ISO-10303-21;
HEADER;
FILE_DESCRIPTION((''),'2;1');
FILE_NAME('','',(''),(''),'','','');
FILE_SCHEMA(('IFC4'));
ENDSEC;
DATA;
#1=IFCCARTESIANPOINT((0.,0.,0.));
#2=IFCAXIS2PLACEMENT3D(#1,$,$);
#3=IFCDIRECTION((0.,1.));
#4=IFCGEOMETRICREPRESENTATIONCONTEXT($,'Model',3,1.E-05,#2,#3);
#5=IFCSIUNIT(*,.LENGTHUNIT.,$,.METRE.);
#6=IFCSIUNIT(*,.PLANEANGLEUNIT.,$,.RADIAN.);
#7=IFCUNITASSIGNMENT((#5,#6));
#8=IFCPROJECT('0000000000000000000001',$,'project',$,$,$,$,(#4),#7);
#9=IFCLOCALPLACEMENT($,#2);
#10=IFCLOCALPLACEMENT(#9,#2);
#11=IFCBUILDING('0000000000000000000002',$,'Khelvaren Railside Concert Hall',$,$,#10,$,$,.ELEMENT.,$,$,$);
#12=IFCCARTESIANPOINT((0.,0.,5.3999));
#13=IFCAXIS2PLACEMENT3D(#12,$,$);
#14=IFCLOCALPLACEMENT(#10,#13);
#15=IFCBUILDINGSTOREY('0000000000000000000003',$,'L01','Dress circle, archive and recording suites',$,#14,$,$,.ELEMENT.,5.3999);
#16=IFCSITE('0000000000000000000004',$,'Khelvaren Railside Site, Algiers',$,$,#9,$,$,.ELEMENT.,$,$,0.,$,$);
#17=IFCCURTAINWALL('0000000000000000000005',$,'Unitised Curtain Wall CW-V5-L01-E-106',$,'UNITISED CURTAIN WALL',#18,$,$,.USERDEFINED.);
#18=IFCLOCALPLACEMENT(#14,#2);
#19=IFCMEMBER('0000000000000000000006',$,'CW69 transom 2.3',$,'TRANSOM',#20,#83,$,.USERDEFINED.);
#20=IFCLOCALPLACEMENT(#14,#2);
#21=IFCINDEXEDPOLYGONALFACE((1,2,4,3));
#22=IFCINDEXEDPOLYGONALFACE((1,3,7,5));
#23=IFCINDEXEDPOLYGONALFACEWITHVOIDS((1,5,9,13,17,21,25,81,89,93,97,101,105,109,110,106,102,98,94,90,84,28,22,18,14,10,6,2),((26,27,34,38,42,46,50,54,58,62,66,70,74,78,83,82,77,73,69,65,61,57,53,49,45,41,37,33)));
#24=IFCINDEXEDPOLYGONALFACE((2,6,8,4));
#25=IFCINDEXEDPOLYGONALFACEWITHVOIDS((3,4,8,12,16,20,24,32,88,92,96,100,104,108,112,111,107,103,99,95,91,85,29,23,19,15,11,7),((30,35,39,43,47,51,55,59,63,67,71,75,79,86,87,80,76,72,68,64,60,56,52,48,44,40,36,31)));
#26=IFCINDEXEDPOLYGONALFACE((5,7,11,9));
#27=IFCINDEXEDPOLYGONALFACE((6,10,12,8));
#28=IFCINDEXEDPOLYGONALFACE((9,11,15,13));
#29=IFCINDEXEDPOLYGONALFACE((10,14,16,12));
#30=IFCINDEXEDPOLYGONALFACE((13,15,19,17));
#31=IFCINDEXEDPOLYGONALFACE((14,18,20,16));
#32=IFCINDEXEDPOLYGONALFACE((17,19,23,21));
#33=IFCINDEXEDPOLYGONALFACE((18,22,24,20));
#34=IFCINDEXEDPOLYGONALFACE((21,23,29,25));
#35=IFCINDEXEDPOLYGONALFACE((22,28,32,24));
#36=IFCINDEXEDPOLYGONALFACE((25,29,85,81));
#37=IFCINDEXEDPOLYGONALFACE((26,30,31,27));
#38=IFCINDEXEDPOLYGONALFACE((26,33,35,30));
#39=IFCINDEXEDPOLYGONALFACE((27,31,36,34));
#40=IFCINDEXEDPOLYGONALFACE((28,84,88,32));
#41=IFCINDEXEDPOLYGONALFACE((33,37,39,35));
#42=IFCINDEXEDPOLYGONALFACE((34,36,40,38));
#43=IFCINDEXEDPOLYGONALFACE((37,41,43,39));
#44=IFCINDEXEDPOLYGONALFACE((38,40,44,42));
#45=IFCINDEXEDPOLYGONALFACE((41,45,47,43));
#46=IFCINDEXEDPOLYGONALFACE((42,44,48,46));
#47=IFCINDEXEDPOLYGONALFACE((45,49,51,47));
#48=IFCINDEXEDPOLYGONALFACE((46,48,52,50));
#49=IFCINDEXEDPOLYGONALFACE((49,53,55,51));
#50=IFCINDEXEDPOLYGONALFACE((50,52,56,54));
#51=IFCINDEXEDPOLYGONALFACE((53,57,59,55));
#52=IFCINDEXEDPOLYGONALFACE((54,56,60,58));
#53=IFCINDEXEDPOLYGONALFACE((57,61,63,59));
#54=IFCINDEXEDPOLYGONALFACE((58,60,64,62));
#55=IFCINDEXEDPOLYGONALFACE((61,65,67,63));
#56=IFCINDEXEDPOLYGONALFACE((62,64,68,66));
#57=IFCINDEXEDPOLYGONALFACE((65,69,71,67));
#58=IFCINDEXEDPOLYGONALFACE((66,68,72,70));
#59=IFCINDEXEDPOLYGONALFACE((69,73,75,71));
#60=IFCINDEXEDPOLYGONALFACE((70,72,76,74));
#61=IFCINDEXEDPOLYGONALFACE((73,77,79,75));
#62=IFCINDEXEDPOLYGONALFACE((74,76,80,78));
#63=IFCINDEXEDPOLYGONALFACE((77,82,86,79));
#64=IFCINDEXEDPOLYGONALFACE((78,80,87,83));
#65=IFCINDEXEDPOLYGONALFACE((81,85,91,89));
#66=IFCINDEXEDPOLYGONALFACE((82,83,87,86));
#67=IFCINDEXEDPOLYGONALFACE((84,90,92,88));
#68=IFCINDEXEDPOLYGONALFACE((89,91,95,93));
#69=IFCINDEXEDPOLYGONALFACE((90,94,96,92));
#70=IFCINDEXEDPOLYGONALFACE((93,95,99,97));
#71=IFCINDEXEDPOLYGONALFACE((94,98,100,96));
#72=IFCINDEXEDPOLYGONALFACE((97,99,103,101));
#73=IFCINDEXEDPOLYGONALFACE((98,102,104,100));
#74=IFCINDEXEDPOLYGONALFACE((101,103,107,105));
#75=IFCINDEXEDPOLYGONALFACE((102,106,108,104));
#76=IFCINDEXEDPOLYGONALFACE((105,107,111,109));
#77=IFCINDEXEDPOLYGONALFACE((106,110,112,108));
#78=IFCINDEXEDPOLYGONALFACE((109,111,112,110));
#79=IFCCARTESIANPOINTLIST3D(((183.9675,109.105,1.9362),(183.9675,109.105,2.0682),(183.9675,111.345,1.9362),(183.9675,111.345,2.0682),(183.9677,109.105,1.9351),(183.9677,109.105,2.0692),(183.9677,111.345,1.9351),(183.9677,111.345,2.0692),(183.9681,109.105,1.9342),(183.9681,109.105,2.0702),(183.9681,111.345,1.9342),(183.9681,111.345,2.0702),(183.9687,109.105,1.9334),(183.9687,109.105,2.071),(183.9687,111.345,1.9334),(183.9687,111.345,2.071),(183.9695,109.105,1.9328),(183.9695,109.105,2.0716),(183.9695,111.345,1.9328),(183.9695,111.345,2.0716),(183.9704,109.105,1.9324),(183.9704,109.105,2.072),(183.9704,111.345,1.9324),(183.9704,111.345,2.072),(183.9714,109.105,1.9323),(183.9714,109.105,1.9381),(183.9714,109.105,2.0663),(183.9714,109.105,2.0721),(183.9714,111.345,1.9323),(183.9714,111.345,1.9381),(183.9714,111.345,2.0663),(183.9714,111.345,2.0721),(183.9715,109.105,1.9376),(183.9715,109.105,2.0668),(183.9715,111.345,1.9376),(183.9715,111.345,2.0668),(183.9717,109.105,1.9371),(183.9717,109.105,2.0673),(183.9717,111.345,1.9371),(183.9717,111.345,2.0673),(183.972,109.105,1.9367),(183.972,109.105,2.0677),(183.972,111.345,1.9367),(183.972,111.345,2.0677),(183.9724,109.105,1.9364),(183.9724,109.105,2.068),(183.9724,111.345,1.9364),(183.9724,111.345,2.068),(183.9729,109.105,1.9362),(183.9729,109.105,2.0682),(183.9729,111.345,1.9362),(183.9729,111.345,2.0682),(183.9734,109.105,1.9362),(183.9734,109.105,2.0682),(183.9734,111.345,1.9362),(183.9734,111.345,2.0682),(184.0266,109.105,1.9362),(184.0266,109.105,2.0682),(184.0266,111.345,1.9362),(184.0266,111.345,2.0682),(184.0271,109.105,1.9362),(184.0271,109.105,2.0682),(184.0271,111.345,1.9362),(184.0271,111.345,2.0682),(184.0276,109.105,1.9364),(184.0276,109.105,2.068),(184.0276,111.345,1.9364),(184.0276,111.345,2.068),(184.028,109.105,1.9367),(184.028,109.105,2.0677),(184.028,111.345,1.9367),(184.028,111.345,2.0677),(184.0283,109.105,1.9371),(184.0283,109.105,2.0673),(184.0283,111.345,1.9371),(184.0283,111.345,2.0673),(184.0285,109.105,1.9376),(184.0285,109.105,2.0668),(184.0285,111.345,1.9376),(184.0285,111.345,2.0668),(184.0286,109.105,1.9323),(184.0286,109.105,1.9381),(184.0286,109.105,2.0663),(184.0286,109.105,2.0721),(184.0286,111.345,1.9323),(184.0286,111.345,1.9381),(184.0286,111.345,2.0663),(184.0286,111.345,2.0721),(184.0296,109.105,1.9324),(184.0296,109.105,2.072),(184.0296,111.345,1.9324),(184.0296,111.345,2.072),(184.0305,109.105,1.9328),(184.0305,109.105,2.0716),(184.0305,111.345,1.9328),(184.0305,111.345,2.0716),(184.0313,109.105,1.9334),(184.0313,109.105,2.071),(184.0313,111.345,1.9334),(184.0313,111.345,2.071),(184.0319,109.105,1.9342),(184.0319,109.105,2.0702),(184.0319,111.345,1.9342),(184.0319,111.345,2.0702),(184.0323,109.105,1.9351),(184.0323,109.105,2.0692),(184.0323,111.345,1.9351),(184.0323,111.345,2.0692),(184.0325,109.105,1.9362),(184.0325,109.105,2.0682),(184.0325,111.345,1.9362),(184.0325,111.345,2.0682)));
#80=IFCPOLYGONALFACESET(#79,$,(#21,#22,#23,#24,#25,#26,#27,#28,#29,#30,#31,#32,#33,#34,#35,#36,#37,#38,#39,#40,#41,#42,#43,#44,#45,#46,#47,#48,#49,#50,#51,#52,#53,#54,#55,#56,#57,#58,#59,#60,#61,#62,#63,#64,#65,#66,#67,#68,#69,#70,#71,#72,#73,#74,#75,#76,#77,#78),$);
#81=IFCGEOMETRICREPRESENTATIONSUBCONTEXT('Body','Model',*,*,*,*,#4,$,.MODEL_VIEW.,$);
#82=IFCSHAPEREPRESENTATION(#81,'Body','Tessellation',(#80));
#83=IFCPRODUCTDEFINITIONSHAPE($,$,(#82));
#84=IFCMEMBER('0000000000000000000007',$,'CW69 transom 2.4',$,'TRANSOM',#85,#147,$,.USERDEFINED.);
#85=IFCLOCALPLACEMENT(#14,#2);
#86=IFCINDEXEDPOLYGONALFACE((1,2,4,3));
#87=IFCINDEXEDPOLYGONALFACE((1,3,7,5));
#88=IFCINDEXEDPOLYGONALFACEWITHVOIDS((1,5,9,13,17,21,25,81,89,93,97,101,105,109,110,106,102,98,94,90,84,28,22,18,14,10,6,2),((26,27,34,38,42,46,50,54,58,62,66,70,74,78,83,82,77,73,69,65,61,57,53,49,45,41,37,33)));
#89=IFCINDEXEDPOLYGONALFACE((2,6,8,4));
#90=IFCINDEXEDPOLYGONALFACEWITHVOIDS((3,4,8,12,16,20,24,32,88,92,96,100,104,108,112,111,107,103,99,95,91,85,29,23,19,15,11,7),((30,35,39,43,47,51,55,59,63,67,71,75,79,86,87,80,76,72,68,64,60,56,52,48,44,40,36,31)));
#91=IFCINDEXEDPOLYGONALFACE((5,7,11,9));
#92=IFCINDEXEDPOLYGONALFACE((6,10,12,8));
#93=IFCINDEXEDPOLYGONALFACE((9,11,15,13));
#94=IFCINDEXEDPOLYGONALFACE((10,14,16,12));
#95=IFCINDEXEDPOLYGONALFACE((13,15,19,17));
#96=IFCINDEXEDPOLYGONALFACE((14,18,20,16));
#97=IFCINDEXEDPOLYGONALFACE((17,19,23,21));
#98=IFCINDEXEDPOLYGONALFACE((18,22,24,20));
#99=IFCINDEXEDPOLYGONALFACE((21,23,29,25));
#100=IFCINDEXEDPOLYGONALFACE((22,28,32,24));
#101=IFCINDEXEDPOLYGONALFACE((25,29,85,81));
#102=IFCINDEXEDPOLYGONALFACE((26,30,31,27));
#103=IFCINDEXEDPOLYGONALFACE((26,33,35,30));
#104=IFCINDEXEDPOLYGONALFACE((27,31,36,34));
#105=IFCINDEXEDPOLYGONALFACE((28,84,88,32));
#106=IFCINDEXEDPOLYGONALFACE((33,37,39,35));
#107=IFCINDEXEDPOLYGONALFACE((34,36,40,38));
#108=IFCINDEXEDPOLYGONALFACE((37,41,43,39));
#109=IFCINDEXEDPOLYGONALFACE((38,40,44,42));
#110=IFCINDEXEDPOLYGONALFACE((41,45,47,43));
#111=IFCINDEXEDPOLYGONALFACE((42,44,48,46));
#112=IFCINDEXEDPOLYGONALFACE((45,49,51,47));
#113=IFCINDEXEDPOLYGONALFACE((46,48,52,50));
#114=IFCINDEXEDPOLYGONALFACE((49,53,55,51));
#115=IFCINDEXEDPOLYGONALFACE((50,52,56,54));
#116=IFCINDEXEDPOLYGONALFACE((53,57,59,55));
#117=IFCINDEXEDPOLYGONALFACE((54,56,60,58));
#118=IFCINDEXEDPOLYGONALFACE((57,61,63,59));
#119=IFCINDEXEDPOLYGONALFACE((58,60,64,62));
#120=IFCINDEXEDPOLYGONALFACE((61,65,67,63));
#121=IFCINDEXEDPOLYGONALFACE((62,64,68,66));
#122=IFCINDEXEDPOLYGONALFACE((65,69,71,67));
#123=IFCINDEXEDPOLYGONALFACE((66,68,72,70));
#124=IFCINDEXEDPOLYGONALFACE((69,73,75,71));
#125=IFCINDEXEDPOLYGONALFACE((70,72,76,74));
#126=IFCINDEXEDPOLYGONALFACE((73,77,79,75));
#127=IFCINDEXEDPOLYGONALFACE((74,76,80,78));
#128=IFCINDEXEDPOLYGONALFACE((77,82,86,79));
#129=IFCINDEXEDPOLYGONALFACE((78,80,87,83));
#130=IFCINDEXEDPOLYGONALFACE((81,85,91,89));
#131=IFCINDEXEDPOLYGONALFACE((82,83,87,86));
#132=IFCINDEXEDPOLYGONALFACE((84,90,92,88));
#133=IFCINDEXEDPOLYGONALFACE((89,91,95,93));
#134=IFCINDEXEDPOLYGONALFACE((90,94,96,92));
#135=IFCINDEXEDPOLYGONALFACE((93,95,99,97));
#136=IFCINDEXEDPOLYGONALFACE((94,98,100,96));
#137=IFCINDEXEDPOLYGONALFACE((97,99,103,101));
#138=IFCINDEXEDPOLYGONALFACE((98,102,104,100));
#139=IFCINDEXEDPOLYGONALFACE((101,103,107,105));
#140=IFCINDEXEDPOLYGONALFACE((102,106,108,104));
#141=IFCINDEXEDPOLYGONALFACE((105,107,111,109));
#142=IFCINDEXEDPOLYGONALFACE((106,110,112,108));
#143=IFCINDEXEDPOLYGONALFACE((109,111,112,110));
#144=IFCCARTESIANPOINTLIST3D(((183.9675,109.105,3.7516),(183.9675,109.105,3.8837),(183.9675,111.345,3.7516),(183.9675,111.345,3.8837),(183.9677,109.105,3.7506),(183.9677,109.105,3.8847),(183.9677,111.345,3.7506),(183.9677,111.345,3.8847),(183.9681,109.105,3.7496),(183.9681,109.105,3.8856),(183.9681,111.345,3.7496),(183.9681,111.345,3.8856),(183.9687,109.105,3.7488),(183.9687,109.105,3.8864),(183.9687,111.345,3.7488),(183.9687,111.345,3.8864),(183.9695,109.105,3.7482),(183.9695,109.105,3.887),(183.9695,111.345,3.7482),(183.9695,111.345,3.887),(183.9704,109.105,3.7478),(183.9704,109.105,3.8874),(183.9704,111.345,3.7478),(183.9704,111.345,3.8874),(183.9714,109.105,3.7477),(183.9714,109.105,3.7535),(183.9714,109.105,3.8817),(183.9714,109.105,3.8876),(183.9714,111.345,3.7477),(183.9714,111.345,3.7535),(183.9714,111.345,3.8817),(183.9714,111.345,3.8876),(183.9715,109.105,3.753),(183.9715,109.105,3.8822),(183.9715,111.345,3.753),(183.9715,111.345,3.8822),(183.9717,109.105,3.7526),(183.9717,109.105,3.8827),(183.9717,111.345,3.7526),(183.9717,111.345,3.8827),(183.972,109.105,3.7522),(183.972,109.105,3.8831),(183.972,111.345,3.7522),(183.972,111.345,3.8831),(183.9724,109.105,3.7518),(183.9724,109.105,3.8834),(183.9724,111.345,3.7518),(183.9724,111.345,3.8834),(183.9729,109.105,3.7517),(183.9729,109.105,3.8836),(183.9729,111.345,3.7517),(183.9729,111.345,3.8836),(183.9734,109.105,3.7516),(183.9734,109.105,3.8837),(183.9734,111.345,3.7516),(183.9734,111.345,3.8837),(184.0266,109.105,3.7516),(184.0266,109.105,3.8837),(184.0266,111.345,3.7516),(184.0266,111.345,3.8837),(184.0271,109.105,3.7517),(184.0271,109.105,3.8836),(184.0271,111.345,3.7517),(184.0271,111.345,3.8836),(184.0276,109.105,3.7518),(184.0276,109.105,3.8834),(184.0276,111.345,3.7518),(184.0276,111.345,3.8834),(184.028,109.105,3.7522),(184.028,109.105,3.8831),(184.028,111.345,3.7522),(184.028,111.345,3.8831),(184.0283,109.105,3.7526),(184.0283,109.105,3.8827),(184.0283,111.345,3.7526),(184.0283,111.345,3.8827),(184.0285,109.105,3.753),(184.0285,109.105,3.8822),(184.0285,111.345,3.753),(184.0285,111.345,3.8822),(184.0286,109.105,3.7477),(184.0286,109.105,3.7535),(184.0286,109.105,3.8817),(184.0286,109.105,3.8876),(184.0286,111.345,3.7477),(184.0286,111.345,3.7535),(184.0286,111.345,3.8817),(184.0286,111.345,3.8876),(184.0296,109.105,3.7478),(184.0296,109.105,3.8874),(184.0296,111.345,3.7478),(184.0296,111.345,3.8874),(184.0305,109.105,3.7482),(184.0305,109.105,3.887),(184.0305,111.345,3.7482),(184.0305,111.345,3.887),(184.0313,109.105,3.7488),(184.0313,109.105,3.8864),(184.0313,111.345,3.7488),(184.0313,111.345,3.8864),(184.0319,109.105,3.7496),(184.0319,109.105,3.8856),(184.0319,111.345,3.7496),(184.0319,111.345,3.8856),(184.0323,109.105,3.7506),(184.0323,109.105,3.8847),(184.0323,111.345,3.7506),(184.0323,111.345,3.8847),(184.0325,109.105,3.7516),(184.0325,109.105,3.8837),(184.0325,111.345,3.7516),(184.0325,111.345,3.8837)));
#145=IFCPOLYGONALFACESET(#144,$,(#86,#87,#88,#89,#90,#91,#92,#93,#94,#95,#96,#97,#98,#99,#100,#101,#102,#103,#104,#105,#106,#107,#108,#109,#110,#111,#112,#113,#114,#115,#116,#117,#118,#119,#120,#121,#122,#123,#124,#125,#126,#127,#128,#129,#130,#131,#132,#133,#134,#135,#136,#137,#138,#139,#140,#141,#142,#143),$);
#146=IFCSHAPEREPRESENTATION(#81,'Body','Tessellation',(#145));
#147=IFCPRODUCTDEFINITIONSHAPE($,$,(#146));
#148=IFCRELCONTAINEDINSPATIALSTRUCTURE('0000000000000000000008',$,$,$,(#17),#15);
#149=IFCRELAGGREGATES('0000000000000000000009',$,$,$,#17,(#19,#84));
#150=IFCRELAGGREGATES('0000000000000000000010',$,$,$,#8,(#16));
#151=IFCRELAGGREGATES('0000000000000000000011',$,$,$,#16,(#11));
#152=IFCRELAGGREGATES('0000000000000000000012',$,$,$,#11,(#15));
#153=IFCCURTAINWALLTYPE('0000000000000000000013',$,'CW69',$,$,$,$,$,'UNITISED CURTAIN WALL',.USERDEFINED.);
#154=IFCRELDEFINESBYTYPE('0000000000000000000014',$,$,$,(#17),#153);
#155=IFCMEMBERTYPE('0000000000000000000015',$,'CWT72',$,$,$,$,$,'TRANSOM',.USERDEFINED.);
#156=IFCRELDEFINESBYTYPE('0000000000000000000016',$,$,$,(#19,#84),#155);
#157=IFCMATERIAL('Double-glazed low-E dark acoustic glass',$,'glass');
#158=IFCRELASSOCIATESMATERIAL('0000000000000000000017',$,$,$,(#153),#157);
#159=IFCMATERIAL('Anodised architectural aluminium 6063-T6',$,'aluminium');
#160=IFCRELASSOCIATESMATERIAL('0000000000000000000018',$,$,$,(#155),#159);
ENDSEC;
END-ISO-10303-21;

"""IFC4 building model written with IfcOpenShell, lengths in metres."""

from ifc_helpers import new_model, si_unit, direction, frame, origin, origin_2d, place, context, subcontext, project, spatial, hollow_rectangle, extrude, material, material_profile, profile_set, type_object, element, aggregate, save


model = new_model("IFC4")

# Units and contexts
model_context = context("Model", 3, precision=1e-05, world=origin(), true_north=direction((0.0, 1.0)))
body_context = subcontext(model_context, "Body", "Model", "MODEL_VIEW")
ifc_project = project(units=[si_unit("LENGTHUNIT", "METRE"), si_unit("PLANEANGLEUNIT", "RADIAN")], contexts=[model_context])

# Site, building, storey
site_placement = place(None, origin())
site = spatial("IfcSite", under=ifc_project, at=site_placement, Name="Khelvaren Railside Site, Algiers", CompositionType="ELEMENT", RefElevation=0.0)
building_placement = place(site_placement, origin())
building = spatial("IfcBuilding", under=site, at=building_placement, Name="Khelvaren Railside Concert Hall", CompositionType="ELEMENT")
storey_placement = place(building_placement, frame((0.0, 0.0, 5.3999)))
storey = spatial("IfcBuildingStorey", under=building, at=storey_placement, Name="L01", Description="Dress circle, archive and recording suites", CompositionType="ELEMENT", Elevation=5.3999)

# Curtain wall, members
ifc_material_1 = material(Name="Double-glazed low-E dark acoustic glass", Category="glass")
curtain_wall_type = type_object("IfcCurtainWallType", Name="CW69", ElementType="UNITISED CURTAIN WALL", PredefinedType="USERDEFINED", material=ifc_material_1)
curtain_wall_placement = place(storey_placement, origin())
curtain_wall = element("IfcCurtainWall", 1, at=curtain_wall_placement, inside=storey, type_object=curtain_wall_type, Name="Unitised Curtain Wall CW-V5-L01-E-106", ObjectType="UNITISED CURTAIN WALL", PredefinedType="USERDEFINED")
ifc_material_2 = material(Name="Anodised architectural aluminium 6063-T6", Category="aluminium")
ifc_material_profile_1 = material_profile(ifc_material_2, hollow_rectangle(XDim=0.0649, YDim=0.1399, WallThickness=0.0039, InnerFilletRadius=0.002, OuterFilletRadius=0.0039, at=origin_2d()), Name="CWT 65x140x4")
ifc_profile_set_1 = profile_set([ifc_material_profile_1], Name="Anodised architectural aluminium 6063-T6")
member_type_1 = type_object("IfcMemberType", Name="CWT72", ElementType="TRANSOM", PredefinedType="USERDEFINED", material=ifc_profile_set_1)
member_1_placement = place(storey_placement, frame((184.0, 111.345, 2.0022), z_axis=(0.0, -1.0, 0.0), x_axis=(1.0, 0.0, 0.0)))
member_1 = element("IfcMember", 2, at=member_1_placement, type_object=member_type_1, Name="CW69 transom 2.3", ObjectType="TRANSOM", PredefinedType="USERDEFINED", context=body_context, shape_type="SweptSolid", body=[
    extrude(hollow_rectangle(XDim=0.0649, YDim=0.1399, WallThickness=0.0039, InnerFilletRadius=0.002, OuterFilletRadius=0.0039, at=origin_2d()), origin(), (0.0, 0.0, 1.0), 2.24),
])
member_2_placement = place(storey_placement, frame((184.0, 111.345, 3.8176), z_axis=(0.0, -1.0, 0.0), x_axis=(1.0, 0.0, 0.0)))
member_2 = element("IfcMember", 3, at=member_2_placement, type_object=member_type_1, Name="CW69 transom 2.4", ObjectType="TRANSOM", PredefinedType="USERDEFINED", context=body_context, shape_type="SweptSolid", body=[
    extrude(hollow_rectangle(XDim=0.0649, YDim=0.1399, WallThickness=0.0039, InnerFilletRadius=0.002, OuterFilletRadius=0.0039, at=origin_2d()), origin(), (0.0, 0.0, 1.0), 2.24),
])

aggregate(curtain_wall, [member_1, member_2])

save(model, "model.ifc")
